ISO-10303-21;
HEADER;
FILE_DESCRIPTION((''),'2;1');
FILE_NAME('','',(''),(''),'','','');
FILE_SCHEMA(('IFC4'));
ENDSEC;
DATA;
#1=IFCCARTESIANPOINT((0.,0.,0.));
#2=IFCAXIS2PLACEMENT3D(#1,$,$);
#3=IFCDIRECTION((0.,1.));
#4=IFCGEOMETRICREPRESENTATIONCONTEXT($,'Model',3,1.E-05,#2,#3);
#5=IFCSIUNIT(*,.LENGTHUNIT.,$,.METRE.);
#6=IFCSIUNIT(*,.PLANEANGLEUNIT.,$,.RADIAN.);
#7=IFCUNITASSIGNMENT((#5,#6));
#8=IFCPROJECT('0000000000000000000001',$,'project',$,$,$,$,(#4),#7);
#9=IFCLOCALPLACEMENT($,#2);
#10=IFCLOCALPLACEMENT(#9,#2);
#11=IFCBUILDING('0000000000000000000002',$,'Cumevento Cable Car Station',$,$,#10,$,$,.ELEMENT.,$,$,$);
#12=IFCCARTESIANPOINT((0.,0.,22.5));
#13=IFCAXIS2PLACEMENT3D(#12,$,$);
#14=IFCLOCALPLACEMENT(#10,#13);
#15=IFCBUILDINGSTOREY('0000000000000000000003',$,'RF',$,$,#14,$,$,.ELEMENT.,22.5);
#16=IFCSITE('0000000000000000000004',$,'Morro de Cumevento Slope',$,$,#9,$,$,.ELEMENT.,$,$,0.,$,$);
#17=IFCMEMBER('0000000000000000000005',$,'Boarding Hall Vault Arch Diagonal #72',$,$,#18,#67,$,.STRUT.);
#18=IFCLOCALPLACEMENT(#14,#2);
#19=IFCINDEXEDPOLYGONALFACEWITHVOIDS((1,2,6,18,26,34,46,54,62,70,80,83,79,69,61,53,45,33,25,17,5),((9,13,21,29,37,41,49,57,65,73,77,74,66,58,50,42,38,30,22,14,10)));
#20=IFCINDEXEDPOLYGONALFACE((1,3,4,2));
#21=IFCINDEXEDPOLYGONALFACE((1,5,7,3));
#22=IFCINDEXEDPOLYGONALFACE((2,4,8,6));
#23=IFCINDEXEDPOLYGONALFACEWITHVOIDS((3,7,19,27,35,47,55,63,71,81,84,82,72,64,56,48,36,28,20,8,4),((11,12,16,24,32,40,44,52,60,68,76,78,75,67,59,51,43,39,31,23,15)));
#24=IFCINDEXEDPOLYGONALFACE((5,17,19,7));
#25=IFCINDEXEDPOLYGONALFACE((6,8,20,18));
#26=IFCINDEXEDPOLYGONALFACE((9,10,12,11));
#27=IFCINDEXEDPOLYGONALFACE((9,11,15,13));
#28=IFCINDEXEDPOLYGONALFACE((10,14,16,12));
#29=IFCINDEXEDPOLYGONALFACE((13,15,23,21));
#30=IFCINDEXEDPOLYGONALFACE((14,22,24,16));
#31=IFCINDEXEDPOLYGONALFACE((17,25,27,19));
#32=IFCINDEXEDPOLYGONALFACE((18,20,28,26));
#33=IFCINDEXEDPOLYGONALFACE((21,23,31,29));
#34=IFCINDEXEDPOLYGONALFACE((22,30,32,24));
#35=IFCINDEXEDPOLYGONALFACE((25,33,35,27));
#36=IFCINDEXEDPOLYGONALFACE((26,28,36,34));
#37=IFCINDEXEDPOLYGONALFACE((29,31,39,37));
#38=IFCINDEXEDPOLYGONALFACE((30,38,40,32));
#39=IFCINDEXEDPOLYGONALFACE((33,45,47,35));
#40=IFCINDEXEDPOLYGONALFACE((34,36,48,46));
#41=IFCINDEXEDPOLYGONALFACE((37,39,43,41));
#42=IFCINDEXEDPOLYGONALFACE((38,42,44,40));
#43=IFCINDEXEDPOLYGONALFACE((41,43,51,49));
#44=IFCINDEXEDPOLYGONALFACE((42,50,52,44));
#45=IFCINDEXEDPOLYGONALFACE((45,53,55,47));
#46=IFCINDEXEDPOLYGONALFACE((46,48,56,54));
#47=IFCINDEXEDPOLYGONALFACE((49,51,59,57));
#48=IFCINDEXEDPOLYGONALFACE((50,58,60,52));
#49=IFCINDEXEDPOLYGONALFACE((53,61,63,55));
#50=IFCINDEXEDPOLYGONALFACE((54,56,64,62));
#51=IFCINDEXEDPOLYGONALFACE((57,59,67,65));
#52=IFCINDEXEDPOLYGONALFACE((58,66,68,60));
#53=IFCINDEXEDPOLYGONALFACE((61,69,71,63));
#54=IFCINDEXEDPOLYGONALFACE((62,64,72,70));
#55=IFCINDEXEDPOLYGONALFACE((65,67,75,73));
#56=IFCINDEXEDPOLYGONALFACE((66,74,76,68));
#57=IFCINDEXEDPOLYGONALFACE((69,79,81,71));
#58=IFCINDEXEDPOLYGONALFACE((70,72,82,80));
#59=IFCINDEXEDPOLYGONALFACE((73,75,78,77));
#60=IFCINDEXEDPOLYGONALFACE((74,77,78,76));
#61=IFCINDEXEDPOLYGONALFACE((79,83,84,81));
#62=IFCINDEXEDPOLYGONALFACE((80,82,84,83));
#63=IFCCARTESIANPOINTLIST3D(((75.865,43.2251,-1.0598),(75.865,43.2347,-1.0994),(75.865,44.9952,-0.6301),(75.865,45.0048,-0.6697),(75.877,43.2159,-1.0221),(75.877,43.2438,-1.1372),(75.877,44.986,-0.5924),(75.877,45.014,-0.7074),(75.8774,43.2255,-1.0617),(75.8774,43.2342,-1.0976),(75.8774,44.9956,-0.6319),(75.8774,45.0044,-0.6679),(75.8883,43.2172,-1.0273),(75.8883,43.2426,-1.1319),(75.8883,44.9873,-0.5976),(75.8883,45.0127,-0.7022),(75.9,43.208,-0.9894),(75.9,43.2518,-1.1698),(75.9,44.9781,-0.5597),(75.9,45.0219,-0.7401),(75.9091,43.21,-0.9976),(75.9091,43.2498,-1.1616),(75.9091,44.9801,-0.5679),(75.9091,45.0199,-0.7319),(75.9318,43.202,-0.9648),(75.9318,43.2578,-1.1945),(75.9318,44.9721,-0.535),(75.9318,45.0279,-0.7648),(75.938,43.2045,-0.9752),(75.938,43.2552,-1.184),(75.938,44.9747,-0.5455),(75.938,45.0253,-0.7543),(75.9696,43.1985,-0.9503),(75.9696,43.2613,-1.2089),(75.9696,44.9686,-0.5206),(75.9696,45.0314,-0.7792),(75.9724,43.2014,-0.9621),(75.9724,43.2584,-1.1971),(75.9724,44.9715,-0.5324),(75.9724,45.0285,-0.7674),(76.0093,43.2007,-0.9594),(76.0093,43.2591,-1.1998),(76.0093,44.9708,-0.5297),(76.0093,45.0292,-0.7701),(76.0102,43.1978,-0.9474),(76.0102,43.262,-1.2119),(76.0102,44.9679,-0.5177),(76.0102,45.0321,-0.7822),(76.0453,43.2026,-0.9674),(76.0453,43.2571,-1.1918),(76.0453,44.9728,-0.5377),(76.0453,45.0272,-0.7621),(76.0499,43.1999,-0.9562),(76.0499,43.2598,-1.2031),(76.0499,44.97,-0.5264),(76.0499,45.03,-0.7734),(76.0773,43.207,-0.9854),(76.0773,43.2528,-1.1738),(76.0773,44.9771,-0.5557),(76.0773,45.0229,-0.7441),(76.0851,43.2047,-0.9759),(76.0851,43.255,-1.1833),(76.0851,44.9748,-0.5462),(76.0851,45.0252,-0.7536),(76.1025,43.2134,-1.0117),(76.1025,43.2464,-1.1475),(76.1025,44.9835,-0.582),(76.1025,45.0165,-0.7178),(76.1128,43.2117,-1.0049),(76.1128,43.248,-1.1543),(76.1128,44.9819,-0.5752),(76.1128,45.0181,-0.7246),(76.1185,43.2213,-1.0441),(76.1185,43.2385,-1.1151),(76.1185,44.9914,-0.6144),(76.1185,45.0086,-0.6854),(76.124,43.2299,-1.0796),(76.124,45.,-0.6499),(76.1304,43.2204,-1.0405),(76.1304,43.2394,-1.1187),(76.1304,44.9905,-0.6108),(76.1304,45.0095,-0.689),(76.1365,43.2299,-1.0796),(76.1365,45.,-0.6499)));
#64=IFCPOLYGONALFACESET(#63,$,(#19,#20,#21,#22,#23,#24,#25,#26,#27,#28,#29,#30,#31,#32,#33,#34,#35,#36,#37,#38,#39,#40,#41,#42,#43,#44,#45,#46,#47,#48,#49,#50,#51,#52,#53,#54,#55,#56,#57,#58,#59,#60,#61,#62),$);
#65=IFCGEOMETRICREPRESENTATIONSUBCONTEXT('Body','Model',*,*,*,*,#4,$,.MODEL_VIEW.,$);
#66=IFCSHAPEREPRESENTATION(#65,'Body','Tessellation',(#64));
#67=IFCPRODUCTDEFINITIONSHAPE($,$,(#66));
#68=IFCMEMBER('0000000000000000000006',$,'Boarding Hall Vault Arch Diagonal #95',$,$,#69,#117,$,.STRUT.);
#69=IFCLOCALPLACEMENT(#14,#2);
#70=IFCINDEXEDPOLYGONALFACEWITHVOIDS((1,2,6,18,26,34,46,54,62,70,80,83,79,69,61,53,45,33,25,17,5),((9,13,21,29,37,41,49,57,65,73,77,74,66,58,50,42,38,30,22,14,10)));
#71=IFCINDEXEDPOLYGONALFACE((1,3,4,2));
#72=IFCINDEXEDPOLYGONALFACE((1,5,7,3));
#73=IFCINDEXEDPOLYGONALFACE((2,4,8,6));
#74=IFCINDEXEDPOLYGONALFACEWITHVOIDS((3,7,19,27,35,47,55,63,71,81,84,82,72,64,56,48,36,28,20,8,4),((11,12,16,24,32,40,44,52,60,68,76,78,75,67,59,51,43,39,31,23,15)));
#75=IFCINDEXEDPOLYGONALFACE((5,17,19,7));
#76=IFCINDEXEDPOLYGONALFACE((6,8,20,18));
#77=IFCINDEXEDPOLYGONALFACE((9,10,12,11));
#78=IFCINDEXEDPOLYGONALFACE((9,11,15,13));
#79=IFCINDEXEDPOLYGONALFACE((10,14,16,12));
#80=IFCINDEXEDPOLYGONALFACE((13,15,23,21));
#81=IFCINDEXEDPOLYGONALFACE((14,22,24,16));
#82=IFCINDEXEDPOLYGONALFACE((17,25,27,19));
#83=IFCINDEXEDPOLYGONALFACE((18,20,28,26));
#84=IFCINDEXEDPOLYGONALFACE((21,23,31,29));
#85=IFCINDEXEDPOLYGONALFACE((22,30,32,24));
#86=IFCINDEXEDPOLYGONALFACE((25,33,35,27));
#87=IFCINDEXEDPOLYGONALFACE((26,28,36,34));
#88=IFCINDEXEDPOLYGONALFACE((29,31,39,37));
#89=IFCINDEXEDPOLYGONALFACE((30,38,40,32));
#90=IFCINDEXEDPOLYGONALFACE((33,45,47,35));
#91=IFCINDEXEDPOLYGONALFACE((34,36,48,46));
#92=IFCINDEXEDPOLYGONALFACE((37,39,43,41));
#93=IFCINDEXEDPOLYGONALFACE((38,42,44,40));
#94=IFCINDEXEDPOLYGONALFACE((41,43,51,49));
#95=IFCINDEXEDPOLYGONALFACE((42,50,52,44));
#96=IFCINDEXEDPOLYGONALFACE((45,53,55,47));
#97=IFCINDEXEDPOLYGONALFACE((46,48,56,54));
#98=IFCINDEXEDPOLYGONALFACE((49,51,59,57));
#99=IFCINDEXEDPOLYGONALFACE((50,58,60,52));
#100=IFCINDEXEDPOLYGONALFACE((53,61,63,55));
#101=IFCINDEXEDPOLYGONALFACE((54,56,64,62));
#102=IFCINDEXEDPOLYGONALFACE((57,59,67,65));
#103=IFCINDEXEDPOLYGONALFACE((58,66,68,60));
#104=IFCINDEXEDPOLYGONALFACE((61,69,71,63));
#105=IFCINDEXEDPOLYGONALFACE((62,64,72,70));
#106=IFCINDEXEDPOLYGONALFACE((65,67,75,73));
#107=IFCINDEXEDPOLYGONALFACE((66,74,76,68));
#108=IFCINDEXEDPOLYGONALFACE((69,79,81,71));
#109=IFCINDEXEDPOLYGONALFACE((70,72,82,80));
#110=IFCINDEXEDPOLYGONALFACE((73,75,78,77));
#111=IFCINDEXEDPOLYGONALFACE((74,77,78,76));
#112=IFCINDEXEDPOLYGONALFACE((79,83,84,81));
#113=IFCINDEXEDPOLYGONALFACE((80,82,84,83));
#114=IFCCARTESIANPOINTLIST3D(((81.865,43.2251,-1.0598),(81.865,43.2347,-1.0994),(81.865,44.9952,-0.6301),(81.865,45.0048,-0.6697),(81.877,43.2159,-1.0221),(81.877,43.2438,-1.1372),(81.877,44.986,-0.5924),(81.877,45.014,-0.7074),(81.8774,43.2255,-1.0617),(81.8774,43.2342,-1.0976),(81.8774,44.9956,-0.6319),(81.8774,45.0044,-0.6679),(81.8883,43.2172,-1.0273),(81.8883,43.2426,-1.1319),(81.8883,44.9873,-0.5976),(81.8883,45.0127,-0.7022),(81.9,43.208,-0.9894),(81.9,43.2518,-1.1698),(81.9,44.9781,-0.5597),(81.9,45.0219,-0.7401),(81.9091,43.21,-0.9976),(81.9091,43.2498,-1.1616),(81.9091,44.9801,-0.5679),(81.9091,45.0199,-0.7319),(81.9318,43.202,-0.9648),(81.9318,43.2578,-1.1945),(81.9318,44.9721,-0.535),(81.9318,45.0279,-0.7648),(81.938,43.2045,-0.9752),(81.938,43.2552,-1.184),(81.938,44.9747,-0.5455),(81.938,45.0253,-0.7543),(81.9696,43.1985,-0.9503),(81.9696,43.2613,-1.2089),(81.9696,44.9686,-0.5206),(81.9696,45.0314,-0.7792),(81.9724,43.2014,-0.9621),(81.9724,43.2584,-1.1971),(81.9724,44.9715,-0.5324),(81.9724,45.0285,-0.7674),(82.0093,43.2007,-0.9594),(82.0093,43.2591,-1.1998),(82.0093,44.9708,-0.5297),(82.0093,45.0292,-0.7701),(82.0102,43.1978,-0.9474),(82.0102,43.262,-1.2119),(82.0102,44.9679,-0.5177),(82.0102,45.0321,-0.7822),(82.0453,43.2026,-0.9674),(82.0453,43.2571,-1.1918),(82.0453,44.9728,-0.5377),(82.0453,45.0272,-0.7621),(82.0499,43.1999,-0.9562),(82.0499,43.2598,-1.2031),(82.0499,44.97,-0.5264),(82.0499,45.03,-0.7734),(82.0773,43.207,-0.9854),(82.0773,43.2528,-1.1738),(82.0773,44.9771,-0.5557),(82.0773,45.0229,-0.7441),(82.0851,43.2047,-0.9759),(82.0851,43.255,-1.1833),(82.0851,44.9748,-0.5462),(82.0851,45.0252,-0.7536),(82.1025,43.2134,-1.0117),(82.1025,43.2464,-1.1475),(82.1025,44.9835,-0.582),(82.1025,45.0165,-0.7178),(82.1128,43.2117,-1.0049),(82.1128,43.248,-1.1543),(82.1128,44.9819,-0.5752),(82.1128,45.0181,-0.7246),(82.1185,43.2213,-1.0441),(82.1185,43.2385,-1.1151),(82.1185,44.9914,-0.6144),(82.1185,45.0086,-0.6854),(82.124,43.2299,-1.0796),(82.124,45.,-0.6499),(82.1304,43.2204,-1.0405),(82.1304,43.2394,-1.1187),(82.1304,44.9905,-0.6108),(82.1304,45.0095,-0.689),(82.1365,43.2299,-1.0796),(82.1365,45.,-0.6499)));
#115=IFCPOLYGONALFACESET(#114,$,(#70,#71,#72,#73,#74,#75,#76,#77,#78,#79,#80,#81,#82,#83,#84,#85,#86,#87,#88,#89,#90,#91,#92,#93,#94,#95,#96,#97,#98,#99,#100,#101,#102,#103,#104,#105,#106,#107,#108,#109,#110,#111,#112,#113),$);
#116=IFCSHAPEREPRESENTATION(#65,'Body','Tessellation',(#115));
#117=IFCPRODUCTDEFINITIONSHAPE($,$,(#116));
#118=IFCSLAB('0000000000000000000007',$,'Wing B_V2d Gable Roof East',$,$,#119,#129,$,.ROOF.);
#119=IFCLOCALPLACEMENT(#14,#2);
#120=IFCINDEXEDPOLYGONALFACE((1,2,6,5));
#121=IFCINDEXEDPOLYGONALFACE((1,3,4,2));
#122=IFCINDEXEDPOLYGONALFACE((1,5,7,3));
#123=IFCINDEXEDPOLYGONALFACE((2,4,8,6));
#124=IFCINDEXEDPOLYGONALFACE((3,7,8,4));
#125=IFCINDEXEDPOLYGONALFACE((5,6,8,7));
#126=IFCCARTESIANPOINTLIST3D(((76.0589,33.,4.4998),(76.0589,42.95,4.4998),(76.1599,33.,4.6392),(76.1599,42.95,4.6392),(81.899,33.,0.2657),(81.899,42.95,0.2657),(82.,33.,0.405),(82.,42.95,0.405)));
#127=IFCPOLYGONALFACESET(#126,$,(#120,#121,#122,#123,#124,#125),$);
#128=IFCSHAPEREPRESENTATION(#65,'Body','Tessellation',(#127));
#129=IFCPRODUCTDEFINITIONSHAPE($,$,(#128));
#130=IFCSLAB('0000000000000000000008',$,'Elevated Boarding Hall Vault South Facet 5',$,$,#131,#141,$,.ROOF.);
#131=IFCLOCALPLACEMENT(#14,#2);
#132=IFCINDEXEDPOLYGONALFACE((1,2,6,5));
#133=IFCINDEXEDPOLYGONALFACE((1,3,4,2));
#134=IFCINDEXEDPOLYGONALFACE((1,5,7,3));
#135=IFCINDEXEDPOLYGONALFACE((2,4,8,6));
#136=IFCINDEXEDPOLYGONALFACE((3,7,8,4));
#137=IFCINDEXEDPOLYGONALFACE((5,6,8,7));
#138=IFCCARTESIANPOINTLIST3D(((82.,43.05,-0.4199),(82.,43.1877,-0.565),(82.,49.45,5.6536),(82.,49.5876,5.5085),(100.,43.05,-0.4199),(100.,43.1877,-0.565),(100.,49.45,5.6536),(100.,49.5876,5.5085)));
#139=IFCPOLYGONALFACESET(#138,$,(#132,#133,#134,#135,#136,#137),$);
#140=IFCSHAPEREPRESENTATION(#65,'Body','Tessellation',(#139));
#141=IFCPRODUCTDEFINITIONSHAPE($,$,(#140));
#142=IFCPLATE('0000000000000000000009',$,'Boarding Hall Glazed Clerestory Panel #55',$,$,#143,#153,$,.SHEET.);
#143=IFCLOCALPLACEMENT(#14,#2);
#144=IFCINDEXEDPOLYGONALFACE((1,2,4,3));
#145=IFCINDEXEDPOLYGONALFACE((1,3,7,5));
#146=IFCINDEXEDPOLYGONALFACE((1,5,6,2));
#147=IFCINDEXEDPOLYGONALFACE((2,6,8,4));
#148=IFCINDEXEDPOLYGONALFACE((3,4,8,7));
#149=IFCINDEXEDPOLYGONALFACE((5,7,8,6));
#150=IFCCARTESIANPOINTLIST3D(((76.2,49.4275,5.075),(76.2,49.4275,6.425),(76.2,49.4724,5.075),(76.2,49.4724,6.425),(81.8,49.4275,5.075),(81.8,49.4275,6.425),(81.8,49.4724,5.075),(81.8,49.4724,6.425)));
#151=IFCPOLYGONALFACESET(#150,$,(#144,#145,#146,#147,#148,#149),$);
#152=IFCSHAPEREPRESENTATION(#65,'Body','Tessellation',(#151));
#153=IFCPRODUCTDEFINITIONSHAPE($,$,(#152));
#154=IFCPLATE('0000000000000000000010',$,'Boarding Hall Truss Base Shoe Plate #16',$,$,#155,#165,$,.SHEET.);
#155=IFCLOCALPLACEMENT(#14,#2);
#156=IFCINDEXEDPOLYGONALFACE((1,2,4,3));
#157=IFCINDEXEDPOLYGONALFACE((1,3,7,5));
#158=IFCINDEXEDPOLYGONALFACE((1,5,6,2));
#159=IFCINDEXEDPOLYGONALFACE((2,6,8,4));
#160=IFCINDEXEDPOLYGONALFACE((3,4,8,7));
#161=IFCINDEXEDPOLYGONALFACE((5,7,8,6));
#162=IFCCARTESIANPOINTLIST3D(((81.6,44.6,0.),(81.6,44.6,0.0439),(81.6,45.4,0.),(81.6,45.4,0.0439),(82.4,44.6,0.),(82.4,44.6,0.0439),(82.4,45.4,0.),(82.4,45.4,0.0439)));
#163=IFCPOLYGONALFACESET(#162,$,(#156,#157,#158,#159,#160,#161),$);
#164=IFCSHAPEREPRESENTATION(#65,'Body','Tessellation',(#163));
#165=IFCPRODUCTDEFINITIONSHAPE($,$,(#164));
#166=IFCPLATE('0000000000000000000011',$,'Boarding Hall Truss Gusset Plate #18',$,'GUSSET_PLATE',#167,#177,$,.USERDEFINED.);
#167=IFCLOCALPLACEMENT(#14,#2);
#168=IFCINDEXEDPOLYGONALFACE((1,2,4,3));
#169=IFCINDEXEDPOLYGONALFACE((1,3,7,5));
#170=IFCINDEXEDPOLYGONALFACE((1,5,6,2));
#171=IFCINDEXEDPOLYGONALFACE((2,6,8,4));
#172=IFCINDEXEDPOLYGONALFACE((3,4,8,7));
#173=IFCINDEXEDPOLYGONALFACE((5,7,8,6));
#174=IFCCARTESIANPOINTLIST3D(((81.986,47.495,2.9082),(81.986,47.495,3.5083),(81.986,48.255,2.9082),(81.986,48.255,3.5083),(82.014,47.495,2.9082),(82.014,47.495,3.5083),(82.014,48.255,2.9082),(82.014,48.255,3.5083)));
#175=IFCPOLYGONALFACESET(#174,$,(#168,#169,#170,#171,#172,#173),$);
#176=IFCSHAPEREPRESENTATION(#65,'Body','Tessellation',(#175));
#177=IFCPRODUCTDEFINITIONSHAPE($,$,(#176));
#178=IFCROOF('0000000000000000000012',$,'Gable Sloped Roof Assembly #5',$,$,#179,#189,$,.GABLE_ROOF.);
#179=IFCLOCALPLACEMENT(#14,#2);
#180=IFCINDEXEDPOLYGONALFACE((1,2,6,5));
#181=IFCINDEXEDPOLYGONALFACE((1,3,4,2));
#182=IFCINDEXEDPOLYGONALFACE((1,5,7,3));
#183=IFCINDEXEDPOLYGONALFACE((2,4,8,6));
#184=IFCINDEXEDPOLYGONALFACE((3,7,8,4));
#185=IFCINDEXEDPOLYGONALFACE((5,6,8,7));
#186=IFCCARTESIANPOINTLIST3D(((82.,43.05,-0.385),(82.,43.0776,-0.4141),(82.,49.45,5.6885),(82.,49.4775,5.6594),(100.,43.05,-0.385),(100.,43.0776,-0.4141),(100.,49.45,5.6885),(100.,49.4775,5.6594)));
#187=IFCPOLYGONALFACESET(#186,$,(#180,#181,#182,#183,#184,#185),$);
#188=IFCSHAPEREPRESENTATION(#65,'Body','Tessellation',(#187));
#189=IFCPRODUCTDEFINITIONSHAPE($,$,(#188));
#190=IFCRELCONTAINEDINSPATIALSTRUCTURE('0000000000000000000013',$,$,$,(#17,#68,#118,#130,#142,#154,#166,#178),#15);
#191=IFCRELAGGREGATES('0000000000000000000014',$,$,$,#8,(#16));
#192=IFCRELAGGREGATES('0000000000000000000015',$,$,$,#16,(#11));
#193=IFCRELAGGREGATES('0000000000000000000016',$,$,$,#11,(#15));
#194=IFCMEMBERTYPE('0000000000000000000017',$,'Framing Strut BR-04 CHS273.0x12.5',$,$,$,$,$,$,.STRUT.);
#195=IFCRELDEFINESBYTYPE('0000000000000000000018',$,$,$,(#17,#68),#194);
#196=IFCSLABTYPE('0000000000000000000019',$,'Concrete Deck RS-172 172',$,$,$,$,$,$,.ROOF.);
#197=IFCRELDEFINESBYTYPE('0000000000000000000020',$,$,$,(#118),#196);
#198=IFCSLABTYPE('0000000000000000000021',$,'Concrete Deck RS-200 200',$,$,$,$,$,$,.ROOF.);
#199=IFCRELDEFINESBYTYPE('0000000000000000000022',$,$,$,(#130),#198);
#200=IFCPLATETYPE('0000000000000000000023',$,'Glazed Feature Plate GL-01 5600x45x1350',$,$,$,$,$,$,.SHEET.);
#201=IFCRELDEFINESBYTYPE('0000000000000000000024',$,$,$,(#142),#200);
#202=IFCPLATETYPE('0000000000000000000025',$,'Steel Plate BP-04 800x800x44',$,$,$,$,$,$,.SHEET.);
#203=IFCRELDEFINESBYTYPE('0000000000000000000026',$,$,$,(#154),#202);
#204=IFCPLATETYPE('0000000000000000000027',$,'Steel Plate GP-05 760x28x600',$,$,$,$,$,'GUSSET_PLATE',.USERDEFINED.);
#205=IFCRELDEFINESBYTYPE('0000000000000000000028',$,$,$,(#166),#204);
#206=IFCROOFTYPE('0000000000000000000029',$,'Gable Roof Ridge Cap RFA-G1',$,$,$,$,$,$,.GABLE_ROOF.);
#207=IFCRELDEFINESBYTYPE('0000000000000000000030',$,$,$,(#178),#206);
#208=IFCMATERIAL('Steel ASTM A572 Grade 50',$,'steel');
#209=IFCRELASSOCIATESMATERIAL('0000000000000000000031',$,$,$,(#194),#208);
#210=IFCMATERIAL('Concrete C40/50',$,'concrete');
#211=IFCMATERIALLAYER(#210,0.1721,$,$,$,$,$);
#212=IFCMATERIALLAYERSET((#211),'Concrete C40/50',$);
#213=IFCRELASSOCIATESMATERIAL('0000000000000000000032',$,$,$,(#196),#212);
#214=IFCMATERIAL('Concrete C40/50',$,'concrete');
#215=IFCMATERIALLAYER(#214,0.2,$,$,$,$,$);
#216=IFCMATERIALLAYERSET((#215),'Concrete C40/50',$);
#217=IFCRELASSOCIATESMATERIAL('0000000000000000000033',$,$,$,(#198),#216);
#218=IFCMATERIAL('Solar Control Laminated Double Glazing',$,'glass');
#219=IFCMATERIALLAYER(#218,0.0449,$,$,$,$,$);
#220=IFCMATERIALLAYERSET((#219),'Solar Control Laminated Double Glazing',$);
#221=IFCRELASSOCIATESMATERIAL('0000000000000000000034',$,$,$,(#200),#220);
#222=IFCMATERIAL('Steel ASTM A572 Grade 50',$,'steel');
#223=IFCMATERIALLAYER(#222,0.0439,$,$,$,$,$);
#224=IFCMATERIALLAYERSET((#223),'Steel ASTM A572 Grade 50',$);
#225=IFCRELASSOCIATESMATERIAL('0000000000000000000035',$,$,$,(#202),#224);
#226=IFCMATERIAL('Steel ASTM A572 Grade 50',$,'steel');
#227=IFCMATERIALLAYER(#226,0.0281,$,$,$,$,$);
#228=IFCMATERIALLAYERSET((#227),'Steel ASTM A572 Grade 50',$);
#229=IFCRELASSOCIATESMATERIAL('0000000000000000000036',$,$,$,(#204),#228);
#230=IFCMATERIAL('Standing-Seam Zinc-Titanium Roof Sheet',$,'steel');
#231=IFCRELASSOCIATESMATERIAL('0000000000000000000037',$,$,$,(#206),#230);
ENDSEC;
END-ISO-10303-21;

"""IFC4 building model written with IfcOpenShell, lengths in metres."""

from ifc_helpers import new_model, si_unit, direction, frame, origin, origin_2d, place, context, subcontext, project, spatial, polyline, rectangle, hollow_circle, outline, extrude, material, layer, layer_set, material_profile, profile_set, type_object, element, save


model = new_model("IFC4")

# Units and contexts
model_context = context("Model", 3, precision=1e-05, world=origin(), true_north=direction((0.0, 1.0)))
body_context = subcontext(model_context, "Body", "Model", "MODEL_VIEW")
ifc_project = project(units=[si_unit("LENGTHUNIT", "METRE"), si_unit("PLANEANGLEUNIT", "RADIAN")], contexts=[model_context])

# Site, building, storey
site_placement = place(None, origin())
site = spatial("IfcSite", under=ifc_project, at=site_placement, Name="Morro de Cumevento Slope", CompositionType="ELEMENT", RefElevation=0.0)
building_placement = place(site_placement, origin())
building = spatial("IfcBuilding", under=site, at=building_placement, Name="Cumevento Cable Car Station", CompositionType="ELEMENT")
storey_placement = place(building_placement, frame((0.0, 0.0, 22.5)))
storey = spatial("IfcBuildingStorey", under=building, at=storey_placement, Name="RF", CompositionType="ELEMENT", Elevation=22.5)

# Members
ifc_material_1 = material(Name="Steel ASTM A572 Grade 50", Category="steel")
ifc_material_profile_1 = material_profile(ifc_material_1, hollow_circle(Radius=0.1365, WallThickness=0.0125, at=origin_2d()), Name="CHS273.0x12.5")
ifc_profile_set_1 = profile_set([ifc_material_profile_1], Name="Steel ASTM A572 Grade 50")
member_type_1 = type_object("IfcMemberType", Name="Framing Strut BR-04 CHS273.0x12.5", PredefinedType="STRUT", material=ifc_profile_set_1)
for number, where, z_axis, x_axis, name in (
    (1, (76.0, 45.0, -0.6499), (0.0, -0.971776, -0.235907), (1.0, 0.0, 0.0), "Boarding Hall Vault Arch Diagonal #72"),
    (2, (82.0, 45.0, -0.6499), (0.0, -0.971776, -0.235907), (1.0, 0.0, 0.0), "Boarding Hall Vault Arch Diagonal #95"),
):
    element("IfcMember", number, at=place(storey_placement, frame(where, z_axis=z_axis, x_axis=x_axis)), inside=storey, type_object=member_type_1, Name=name, PredefinedType="STRUT", context=body_context, shape_type="SweptSolid", body=[
        extrude(hollow_circle(Radius=0.1365, WallThickness=0.0125, at=origin_2d()), origin(), (0.0, 0.0, 1.0), 1.8215),
    ])

# Slabs
ifc_material_2 = material(Name="Concrete C40/50", Category="concrete")
ifc_layer_1 = layer(ifc_material_2, 0.1721)
ifc_layer_set_1 = layer_set([ifc_layer_1], Name="Concrete C40/50")
slab_type_1 = type_object("IfcSlabType", Name="Concrete Deck RS-172 172", PredefinedType="ROOF", material=ifc_layer_set_1)
slab_1_placement = place(storey_placement, frame((76.1599, 42.95, 4.6392), z_axis=(0.586974, 0.0, 0.809606), x_axis=(0.0, -1.0, 0.0)))
element("IfcSlab", 3, at=slab_1_placement, inside=storey, type_object=slab_type_1, Name="Wing B_V2d Gable Roof East", PredefinedType="ROOF", context=body_context, shape_type="SweptSolid", body=[
    extrude(outline(polyline([(0.0, 0.0), (9.95, 0.0), (9.95, 7.2135), (0.0, 7.2135), (0.0, 0.0)])), origin(), (0.0, 0.0, -1.0), 0.1721),
])
ifc_material_3 = material(Name="Concrete C40/50", Category="concrete")
ifc_layer_2 = layer(ifc_material_3, 0.2)
ifc_layer_set_2 = layer_set([ifc_layer_2], Name="Concrete C40/50")
slab_type_2 = type_object("IfcSlabType", Name="Concrete Deck RS-200 200", PredefinedType="ROOF", material=ifc_layer_set_2)
slab_2_placement = place(storey_placement, frame((82.0, 43.05, -0.4199), z_axis=(0.0, -0.688367, 0.725363), x_axis=(1.0, 0.0, 0.0)))
element("IfcSlab", 4, at=slab_2_placement, inside=storey, type_object=slab_type_2, Name="Elevated Boarding Hall Vault South Facet 5", PredefinedType="ROOF", context=body_context, shape_type="SweptSolid", body=[
    extrude(outline(polyline([(0.0, 0.0), (18.0, 0.0), (18.0, 8.823), (0.0, 8.823), (0.0, 0.0)])), origin(), (0.0, 0.0, -1.0), 0.2),
])

# Plates
ifc_material_4 = material(Name="Solar Control Laminated Double Glazing", Category="glass")
ifc_layer_3 = layer(ifc_material_4, 0.0449)
ifc_layer_set_3 = layer_set([ifc_layer_3], Name="Solar Control Laminated Double Glazing")
plate_type_1 = type_object("IfcPlateType", Name="Glazed Feature Plate GL-01 5600x45x1350", PredefinedType="SHEET", material=ifc_layer_set_3)
plate_1_placement = place(storey_placement, frame((79.0, 49.45, 5.075), z_axis=(0.0, 0.0, 1.0), x_axis=(1.0, 0.0, 0.0)))
element("IfcPlate", 5, at=plate_1_placement, inside=storey, type_object=plate_type_1, Name="Boarding Hall Glazed Clerestory Panel #55", PredefinedType="SHEET", context=body_context, shape_type="SweptSolid", body=[
    extrude(rectangle(XDim=5.6001, YDim=0.0449, at=origin_2d()), origin(), (0.0, 0.0, 1.0), 1.3501),
])
ifc_material_5 = material(Name="Steel ASTM A572 Grade 50", Category="steel")
ifc_layer_4 = layer(ifc_material_5, 0.0439)
ifc_layer_set_4 = layer_set([ifc_layer_4], Name="Steel ASTM A572 Grade 50")
plate_type_2 = type_object("IfcPlateType", Name="Steel Plate BP-04 800x800x44", PredefinedType="SHEET", material=ifc_layer_set_4)
plate_2_placement = place(storey_placement, frame((82.0, 45.0, 0.0), z_axis=(0.0, 0.0, 1.0), x_axis=(1.0, 0.0, 0.0)))
element("IfcPlate", 6, at=plate_2_placement, inside=storey, type_object=plate_type_2, Name="Boarding Hall Truss Base Shoe Plate #16", PredefinedType="SHEET", context=body_context, shape_type="SweptSolid", body=[
    extrude(rectangle(XDim=0.8, YDim=0.8, at=origin_2d()), origin(), (0.0, 0.0, 1.0), 0.0439),
])
ifc_material_6 = material(Name="Steel ASTM A572 Grade 50", Category="steel")
ifc_layer_5 = layer(ifc_material_6, 0.0281)
ifc_layer_set_5 = layer_set([ifc_layer_5], Name="Steel ASTM A572 Grade 50")
plate_type_3 = type_object("IfcPlateType", Name="Steel Plate GP-05 760x28x600", ElementType="GUSSET_PLATE", PredefinedType="USERDEFINED", material=ifc_layer_set_5)
plate_3_placement = place(storey_placement, frame((82.0, 47.875, 2.9082), z_axis=(0.0, 0.0, 1.0), x_axis=(0.0, 1.0, 0.0)))
element("IfcPlate", 7, at=plate_3_placement, inside=storey, type_object=plate_type_3, Name="Boarding Hall Truss Gusset Plate #18", ObjectType="GUSSET_PLATE", PredefinedType="USERDEFINED", context=body_context, shape_type="SweptSolid", body=[
    extrude(rectangle(XDim=0.76, YDim=0.0281, at=origin_2d()), origin(), (0.0, 0.0, 1.0), 0.6001),
])

# Roof
ifc_material_7 = material(Name="Standing-Seam Zinc-Titanium Roof Sheet", Category="steel")
roof_type = type_object("IfcRoofType", Name="Gable Roof Ridge Cap RFA-G1", PredefinedType="GABLE_ROOF", material=ifc_material_7)
roof_placement = place(storey_placement, frame((82.0, 43.05, -0.385), z_axis=(0.0, -0.688367, 0.725363), x_axis=(1.0, 0.0, 0.0)))
element("IfcRoof", 8, at=roof_placement, inside=storey, type_object=roof_type, Name="Gable Sloped Roof Assembly #5", PredefinedType="GABLE_ROOF", context=body_context, shape_type="SweptSolid", body=[
    extrude(outline(polyline([(0.0, 0.0), (18.0, 0.0), (18.0, 8.823), (0.0, 8.823), (0.0, 0.0)])), origin(), (0.0, 0.0, -1.0), 0.04),
])

save(model, "model.ifc")
